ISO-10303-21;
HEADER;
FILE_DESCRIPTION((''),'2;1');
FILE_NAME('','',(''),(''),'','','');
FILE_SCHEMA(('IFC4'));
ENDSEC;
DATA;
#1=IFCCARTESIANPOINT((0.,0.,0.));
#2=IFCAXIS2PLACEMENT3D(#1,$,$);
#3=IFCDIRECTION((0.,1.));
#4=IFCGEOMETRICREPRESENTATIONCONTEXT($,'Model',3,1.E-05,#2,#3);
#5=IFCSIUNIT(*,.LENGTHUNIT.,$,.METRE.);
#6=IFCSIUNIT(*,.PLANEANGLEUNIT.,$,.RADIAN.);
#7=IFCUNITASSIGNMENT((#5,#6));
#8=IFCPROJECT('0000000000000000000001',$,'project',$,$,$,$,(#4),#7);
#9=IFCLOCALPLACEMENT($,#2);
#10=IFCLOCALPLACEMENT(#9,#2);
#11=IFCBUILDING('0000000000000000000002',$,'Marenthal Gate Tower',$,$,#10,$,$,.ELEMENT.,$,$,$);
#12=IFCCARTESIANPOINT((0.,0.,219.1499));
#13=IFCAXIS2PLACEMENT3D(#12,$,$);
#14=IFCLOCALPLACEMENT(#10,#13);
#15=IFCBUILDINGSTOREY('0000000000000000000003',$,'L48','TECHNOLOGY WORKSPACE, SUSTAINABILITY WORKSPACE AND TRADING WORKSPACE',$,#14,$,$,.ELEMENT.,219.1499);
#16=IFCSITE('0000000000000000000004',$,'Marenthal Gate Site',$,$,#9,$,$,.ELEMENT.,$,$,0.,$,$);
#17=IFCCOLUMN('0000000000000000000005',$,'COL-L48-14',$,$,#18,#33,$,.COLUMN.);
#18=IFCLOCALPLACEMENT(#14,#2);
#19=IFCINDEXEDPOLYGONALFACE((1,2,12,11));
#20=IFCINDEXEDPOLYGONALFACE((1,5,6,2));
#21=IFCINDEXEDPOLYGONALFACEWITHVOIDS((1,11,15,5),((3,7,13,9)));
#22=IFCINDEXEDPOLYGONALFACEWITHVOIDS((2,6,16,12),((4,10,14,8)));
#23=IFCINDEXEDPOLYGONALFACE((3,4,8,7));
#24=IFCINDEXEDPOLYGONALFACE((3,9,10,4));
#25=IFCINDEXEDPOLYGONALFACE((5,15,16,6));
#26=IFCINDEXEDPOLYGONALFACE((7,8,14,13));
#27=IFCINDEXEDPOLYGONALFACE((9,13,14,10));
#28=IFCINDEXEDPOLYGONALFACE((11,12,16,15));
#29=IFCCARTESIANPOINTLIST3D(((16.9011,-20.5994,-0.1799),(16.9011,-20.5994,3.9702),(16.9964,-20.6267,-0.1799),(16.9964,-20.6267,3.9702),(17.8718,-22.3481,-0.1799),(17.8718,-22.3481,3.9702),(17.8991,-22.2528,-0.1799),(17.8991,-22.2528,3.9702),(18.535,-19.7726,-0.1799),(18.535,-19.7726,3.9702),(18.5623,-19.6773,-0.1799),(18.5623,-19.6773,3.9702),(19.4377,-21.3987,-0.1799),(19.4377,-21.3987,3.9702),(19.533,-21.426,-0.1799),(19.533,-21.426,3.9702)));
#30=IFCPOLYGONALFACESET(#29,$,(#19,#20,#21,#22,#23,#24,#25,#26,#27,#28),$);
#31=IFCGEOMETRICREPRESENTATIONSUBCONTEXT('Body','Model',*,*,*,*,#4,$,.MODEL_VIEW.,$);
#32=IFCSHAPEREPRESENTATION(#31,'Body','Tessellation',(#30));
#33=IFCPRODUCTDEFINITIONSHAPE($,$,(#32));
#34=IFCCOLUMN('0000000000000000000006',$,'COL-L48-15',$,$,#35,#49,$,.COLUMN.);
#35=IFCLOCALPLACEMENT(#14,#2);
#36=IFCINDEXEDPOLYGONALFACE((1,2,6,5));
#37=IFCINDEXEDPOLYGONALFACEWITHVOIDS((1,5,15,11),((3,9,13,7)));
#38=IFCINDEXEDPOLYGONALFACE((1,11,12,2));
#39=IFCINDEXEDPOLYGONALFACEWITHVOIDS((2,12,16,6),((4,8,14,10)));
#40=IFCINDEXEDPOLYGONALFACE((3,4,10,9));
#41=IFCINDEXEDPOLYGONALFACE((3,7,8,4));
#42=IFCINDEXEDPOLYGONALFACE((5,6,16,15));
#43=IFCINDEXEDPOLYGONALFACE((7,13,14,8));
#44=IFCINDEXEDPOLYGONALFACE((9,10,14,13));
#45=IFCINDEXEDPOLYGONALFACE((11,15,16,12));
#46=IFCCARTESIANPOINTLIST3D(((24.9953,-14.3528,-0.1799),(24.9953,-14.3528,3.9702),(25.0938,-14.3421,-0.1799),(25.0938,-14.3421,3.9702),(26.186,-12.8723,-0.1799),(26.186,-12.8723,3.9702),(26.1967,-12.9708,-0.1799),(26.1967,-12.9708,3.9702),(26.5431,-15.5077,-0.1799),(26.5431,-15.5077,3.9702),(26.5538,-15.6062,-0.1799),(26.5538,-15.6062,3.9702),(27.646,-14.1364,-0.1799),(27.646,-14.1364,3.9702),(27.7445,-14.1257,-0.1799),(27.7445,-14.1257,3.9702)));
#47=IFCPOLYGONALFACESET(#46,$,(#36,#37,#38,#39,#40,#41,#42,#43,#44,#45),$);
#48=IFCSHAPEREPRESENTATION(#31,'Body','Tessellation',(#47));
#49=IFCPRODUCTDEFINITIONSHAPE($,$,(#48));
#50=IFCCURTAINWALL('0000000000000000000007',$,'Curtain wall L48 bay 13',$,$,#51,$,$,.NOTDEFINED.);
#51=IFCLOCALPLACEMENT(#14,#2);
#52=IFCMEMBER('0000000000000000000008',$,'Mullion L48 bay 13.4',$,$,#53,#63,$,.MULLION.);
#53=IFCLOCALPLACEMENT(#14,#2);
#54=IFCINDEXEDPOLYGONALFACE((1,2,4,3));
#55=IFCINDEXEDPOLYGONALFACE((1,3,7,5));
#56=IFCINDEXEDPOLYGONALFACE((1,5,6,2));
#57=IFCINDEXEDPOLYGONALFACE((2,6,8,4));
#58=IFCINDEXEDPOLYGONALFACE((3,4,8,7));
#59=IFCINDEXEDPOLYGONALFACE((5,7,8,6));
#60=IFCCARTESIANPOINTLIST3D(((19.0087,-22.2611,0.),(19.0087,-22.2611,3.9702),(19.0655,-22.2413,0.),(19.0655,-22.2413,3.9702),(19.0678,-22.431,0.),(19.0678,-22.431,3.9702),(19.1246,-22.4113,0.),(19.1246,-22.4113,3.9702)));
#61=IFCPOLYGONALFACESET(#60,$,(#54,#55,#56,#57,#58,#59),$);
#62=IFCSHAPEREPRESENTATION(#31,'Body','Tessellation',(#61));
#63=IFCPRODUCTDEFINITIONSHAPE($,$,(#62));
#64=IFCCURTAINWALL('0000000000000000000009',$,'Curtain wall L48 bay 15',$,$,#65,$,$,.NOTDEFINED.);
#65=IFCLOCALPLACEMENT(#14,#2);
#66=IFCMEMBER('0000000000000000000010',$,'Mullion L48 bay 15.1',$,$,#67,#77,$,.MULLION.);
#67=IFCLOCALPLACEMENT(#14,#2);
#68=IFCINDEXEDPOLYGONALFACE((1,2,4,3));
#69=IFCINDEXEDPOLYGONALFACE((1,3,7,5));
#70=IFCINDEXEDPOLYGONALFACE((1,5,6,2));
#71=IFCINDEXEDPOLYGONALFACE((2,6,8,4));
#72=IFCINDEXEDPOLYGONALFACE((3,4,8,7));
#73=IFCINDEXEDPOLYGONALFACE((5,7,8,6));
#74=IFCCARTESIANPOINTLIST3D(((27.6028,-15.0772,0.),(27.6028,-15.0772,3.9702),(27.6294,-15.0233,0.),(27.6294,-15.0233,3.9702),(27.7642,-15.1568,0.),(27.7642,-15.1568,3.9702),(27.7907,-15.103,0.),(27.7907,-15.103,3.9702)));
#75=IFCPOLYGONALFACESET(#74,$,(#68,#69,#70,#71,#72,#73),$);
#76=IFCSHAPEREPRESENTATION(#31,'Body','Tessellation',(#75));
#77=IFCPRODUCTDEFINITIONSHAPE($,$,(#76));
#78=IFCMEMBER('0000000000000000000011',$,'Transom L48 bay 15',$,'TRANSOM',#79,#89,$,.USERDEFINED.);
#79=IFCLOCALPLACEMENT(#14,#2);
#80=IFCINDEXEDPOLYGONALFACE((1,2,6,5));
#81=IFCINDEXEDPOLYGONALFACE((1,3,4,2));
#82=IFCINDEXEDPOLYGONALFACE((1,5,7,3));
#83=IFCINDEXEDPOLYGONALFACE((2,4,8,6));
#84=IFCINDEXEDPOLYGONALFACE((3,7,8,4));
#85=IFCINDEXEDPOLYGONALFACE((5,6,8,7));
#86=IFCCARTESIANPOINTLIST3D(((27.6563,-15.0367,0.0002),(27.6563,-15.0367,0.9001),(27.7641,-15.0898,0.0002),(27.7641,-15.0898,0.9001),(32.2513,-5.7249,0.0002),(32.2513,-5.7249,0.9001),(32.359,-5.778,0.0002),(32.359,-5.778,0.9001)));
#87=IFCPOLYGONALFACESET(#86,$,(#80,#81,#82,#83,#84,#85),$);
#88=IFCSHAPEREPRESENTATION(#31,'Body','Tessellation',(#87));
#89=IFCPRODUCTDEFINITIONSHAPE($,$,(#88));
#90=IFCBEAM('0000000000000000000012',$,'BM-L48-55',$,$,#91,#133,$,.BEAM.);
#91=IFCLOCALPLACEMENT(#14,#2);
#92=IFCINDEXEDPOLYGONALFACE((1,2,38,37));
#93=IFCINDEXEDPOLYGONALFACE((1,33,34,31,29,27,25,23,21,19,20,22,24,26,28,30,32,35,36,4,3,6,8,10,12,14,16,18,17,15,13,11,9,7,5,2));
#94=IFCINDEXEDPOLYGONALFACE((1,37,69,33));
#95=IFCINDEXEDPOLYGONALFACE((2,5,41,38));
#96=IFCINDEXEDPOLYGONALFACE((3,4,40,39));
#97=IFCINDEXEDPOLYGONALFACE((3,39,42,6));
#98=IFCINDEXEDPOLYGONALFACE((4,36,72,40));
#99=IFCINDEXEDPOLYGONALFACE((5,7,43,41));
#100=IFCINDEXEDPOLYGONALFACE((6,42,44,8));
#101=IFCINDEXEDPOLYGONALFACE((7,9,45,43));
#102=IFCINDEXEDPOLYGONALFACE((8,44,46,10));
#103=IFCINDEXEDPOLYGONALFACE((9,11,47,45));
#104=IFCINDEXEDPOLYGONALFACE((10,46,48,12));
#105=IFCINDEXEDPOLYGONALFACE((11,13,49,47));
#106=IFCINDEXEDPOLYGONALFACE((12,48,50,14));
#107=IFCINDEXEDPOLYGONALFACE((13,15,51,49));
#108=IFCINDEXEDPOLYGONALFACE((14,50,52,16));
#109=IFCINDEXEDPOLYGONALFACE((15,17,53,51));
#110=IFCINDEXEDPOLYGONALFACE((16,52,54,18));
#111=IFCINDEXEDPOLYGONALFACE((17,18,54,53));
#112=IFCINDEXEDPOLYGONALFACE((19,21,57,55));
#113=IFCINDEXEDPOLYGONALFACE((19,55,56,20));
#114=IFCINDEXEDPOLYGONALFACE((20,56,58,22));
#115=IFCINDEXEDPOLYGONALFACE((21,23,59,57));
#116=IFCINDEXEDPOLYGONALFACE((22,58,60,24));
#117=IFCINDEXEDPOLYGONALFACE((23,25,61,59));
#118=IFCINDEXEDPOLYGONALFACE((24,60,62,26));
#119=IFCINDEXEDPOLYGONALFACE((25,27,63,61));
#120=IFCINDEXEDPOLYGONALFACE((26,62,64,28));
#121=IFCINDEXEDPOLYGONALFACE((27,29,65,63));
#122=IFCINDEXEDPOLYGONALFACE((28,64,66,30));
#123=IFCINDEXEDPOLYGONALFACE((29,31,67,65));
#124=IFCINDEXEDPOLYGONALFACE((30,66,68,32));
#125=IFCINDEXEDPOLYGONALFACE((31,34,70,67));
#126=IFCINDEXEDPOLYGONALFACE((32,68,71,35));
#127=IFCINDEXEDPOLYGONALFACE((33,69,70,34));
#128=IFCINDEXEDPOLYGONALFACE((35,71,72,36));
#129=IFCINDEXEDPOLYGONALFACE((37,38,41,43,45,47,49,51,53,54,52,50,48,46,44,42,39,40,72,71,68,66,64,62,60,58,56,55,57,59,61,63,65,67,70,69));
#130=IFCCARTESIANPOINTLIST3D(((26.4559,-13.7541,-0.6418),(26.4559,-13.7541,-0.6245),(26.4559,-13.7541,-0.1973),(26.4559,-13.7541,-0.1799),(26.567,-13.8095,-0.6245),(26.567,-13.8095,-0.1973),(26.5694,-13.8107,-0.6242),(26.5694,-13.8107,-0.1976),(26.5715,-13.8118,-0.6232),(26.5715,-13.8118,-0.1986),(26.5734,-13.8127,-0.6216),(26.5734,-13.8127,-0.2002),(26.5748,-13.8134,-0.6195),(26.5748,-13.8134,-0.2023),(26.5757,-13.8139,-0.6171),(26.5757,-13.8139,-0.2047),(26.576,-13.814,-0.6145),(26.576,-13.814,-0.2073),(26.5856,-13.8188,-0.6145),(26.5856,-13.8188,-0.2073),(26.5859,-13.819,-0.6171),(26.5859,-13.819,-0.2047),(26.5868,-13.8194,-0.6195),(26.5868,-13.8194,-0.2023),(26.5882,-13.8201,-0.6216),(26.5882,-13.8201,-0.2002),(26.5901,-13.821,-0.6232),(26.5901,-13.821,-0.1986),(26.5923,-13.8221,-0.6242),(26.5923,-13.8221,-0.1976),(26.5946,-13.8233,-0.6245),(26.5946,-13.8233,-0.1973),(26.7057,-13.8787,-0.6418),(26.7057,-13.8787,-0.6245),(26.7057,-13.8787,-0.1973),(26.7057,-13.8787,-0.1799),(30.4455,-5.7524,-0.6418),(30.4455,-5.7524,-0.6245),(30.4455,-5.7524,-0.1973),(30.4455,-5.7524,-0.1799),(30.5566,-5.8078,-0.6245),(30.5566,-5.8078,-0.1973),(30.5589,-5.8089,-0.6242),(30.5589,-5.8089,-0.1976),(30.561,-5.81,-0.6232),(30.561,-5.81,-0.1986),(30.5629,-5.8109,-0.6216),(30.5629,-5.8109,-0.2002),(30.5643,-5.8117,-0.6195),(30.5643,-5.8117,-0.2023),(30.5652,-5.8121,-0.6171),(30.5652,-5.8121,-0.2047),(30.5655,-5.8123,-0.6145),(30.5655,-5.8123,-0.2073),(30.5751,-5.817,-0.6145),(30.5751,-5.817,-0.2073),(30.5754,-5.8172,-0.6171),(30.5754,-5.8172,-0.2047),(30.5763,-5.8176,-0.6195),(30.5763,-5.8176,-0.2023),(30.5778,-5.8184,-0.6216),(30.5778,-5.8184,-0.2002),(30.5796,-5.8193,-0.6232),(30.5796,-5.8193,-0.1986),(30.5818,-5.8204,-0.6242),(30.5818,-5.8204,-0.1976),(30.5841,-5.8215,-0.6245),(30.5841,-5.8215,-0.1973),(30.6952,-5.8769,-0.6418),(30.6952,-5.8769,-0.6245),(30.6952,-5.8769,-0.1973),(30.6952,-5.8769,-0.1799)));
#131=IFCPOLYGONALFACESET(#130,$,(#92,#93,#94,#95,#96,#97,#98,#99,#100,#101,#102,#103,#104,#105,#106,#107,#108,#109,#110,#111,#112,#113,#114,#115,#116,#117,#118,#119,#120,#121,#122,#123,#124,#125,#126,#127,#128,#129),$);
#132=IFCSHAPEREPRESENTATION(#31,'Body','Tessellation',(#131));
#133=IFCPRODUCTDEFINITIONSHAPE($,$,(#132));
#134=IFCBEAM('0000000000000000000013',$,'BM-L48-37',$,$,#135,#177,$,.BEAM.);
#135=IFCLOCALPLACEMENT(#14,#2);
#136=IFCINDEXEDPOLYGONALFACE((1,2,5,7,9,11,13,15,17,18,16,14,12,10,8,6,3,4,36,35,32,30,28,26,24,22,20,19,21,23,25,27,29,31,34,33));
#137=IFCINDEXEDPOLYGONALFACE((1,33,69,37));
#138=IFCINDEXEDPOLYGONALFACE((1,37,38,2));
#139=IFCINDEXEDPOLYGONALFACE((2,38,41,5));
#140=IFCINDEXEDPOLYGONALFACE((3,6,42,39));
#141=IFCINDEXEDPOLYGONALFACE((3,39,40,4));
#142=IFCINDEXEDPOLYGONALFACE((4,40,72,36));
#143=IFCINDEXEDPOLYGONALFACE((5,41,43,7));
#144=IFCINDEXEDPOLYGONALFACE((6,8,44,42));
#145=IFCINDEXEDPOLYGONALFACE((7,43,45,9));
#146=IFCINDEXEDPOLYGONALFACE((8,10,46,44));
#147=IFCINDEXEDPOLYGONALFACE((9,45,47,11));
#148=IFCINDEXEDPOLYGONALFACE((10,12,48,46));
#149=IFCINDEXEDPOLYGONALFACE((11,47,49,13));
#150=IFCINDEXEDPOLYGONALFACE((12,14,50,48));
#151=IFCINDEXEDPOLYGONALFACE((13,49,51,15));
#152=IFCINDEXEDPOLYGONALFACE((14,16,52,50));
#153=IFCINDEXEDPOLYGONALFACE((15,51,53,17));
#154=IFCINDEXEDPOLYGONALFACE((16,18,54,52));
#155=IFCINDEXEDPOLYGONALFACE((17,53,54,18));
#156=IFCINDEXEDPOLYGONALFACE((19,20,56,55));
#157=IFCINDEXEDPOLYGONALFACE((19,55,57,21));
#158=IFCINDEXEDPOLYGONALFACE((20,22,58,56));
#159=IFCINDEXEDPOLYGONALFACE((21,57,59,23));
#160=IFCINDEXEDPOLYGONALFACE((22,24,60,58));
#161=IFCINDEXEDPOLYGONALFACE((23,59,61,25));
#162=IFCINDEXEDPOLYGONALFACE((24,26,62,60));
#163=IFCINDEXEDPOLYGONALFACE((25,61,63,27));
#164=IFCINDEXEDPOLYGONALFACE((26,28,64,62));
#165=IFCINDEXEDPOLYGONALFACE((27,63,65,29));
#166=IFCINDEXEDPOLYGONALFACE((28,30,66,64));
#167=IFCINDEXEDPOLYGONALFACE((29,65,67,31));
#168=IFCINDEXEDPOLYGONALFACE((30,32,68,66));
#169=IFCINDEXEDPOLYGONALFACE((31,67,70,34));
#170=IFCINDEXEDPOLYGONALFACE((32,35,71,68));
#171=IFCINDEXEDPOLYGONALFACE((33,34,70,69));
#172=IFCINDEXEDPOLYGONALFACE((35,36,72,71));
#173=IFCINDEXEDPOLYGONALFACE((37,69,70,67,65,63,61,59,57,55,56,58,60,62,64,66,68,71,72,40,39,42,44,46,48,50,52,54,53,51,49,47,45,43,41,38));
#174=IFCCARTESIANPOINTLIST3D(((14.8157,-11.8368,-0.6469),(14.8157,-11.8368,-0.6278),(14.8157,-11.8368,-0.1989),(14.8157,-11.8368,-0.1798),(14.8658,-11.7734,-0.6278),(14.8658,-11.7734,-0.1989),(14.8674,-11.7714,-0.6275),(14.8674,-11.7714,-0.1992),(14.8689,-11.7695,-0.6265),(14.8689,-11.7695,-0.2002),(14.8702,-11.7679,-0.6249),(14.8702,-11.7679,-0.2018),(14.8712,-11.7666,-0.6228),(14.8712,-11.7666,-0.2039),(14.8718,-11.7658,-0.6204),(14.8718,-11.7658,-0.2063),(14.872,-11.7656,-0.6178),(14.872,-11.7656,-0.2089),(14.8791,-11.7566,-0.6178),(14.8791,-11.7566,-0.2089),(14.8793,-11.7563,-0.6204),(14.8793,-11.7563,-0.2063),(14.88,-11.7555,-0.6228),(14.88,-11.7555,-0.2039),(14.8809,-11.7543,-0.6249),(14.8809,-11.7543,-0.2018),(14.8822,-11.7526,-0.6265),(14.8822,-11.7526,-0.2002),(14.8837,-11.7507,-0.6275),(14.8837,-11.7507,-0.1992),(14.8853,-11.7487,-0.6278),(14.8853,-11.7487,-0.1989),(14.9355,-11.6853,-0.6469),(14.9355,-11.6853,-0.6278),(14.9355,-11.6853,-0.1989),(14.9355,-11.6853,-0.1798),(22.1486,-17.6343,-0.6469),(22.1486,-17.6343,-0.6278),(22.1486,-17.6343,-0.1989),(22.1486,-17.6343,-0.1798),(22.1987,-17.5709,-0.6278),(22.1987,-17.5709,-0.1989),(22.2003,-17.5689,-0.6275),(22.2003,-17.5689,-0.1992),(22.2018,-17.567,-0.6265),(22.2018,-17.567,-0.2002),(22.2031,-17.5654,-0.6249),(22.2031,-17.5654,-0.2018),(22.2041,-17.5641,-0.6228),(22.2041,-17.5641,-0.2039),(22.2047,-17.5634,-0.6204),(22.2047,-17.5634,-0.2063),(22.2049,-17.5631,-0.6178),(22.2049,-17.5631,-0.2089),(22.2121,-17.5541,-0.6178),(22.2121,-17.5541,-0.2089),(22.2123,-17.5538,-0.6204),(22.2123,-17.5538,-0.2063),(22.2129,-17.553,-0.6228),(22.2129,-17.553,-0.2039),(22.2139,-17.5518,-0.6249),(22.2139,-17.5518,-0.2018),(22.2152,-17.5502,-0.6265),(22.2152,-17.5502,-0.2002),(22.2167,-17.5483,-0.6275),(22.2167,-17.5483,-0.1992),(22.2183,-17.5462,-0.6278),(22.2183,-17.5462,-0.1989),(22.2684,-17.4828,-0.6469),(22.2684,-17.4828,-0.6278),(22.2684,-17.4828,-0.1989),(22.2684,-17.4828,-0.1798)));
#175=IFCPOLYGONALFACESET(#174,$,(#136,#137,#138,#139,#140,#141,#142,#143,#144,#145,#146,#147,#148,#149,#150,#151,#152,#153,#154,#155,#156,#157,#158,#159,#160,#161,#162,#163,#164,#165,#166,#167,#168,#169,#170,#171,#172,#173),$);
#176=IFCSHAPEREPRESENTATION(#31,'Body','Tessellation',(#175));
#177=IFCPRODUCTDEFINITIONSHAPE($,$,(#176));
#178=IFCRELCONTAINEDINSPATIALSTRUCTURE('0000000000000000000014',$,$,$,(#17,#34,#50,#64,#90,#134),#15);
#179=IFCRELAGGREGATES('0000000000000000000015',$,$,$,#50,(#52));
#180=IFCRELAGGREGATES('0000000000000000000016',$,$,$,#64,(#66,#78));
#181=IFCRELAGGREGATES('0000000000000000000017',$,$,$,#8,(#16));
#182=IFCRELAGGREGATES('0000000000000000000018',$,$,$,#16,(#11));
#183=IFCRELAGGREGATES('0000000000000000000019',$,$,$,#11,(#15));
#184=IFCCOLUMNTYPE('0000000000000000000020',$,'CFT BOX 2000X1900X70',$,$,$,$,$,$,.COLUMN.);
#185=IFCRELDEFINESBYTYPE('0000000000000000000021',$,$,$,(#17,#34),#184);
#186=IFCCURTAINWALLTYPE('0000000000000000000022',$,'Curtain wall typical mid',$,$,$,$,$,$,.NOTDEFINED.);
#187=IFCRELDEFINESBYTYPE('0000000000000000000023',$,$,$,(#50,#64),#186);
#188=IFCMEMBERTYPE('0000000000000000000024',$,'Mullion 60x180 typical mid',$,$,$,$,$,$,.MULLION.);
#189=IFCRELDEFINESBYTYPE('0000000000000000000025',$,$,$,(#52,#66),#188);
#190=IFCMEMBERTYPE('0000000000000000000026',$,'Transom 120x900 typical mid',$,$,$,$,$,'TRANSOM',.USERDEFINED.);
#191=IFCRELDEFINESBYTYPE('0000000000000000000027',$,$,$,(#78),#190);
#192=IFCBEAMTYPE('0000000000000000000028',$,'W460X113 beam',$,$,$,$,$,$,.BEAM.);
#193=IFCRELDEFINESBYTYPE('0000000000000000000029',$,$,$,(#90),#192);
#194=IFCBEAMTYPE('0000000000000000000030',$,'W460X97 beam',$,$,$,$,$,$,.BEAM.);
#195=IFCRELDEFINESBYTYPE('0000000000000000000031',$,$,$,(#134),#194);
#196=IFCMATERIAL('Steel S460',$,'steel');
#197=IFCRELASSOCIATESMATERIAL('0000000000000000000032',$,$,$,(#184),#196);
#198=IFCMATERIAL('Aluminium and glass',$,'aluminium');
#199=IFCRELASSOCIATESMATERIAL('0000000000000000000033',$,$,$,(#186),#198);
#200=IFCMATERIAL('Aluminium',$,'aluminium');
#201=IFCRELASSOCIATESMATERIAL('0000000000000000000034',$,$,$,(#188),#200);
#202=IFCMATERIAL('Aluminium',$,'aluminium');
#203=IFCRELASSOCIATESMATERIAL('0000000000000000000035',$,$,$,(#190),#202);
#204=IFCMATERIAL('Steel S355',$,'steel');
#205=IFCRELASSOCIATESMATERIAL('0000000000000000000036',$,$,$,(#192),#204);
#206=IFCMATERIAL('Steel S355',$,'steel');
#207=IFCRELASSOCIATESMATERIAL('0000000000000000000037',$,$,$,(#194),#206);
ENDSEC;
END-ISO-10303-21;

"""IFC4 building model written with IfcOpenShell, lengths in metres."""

from ifc_helpers import new_model, si_unit, direction, frame, origin, origin_2d, place, context, subcontext, project, spatial, rectangle, hollow_rectangle, i_section, extrude, material, material_profile, profile_set, type_object, element, aggregate, save


model = new_model("IFC4")

# Units and contexts
model_context = context("Model", 3, precision=1e-05, world=origin(), true_north=direction((0.0, 1.0)))
body_context = subcontext(model_context, "Body", "Model", "MODEL_VIEW")
ifc_project = project(units=[si_unit("LENGTHUNIT", "METRE"), si_unit("PLANEANGLEUNIT", "RADIAN")], contexts=[model_context])

# Site, building, storey
site_placement = place(None, origin())
site = spatial("IfcSite", under=ifc_project, at=site_placement, Name="Marenthal Gate Site", CompositionType="ELEMENT", RefElevation=0.0)
building_placement = place(site_placement, origin())
building = spatial("IfcBuilding", under=site, at=building_placement, Name="Marenthal Gate Tower", CompositionType="ELEMENT")
storey_placement = place(building_placement, frame((0.0, 0.0, 219.1499)))
storey = spatial("IfcBuildingStorey", under=building, at=storey_placement, Name="L48", Description="TECHNOLOGY WORKSPACE, SUSTAINABILITY WORKSPACE AND TRADING WORKSPACE", CompositionType="ELEMENT", Elevation=219.1499)

# Columns
ifc_material_1 = material(Name="Steel S460", Category="steel")
ifc_material_profile_1 = material_profile(ifc_material_1, hollow_rectangle(XDim=1.8999, YDim=2.0, WallThickness=0.0701, at=origin_2d()), Name="CFT BOX 2000X1900X70")
ifc_material_2 = material(Name="Concrete 70 MPa", Category="concrete")
ifc_material_profile_2 = material_profile(ifc_material_2, rectangle(XDim=1.76, YDim=1.8601, at=origin_2d()), Name="CFT BOX 2000X1900X70 INFILL")
ifc_profile_set_1 = profile_set([ifc_material_profile_1, ifc_material_profile_2], Name="Steel S460 shell, Concrete 70 MPa infill")
column_type = type_object("IfcColumnType", Name="CFT BOX 2000X1900X70", PredefinedType="COLUMN", material=ifc_profile_set_1)
for number, where, z_axis, x_axis, name in (
    (1, (18.217, -21.0127, -0.1799), (0.0, 0.0, 1.0), (-0.874319, -0.485351, 0.0), "COL-L48-14"),
    (2, (26.3699, -14.2393, -0.1799), (0.0, 0.0, 1.0), (-0.626719, -0.779245, 0.0), "COL-L48-15"),
):
    element("IfcColumn", number, at=place(storey_placement, frame(where, z_axis=z_axis, x_axis=x_axis)), inside=storey, type_object=column_type, Name=name, PredefinedType="COLUMN", context=body_context, shape_type="SweptSolid", body=[
        extrude(hollow_rectangle(XDim=1.8999, YDim=2.0, WallThickness=0.0701, at=origin_2d()), origin(), (0.0, 0.0, 1.0), 4.1501),
    ])

# Curtain wall, member
ifc_material_3 = material(Name="Aluminium and glass", Category="aluminium")
curtain_wall_type = type_object("IfcCurtainWallType", Name="Curtain wall typical mid", PredefinedType="NOTDEFINED", material=ifc_material_3)
curtain_wall_1_placement = place(storey_placement, origin())
curtain_wall_1 = element("IfcCurtainWall", 3, at=curtain_wall_1_placement, inside=storey, type_object=curtain_wall_type, Name="Curtain wall L48 bay 13", PredefinedType="NOTDEFINED")
ifc_material_4 = material(Name="Aluminium", Category="aluminium")
ifc_material_profile_3 = material_profile(ifc_material_4, rectangle(XDim=0.1799, YDim=0.0601, at=origin_2d()), Name="60x180 aluminium mullion")
ifc_profile_set_2 = profile_set([ifc_material_profile_3], Name="Aluminium")
member_type_1 = type_object("IfcMemberType", Name="Mullion 60x180 typical mid", PredefinedType="MULLION", material=ifc_profile_set_2)
member_1_placement = place(storey_placement, frame((19.0667, -22.3362, 0.0), z_axis=(0.0, 0.0, 1.0), x_axis=(-0.3284, 0.944539, 0.0)))
member_1 = element("IfcMember", 4, at=member_1_placement, type_object=member_type_1, Name="Mullion L48 bay 13.4", PredefinedType="MULLION", context=body_context, shape_type="SweptSolid", body=[
    extrude(rectangle(XDim=0.1799, YDim=0.0601, at=origin_2d()), origin(), (0.0, 0.0, 1.0), 3.9702),
])
aggregate(curtain_wall_1, [member_1])

# Curtain wall, members
curtain_wall_2_placement = place(storey_placement, origin())
curtain_wall_2 = element("IfcCurtainWall", 5, at=curtain_wall_2_placement, inside=storey, type_object=curtain_wall_type, Name="Curtain wall L48 bay 15", PredefinedType="NOTDEFINED")
member_2_placement = place(storey_placement, frame((27.6968, -15.0901, 0.0), z_axis=(0.0, 0.0, 1.0), x_axis=(-0.896757, 0.442523, 0.0)))
member_2 = element("IfcMember", 6, at=member_2_placement, type_object=member_type_1, Name="Mullion L48 bay 15.1", PredefinedType="MULLION", context=body_context, shape_type="SweptSolid", body=[
    extrude(rectangle(XDim=0.1799, YDim=0.0601, at=origin_2d()), origin(), (0.0, 0.0, 1.0), 3.9702),
])
ifc_material_5 = material(Name="Aluminium", Category="aluminium")
ifc_material_profile_4 = material_profile(ifc_material_5, rectangle(XDim=0.1201, YDim=0.8999, at=origin_2d()), Name="120x900 aluminium transom")
ifc_profile_set_3 = profile_set([ifc_material_profile_4], Name="Aluminium")
member_type_2 = type_object("IfcMemberType", Name="Transom 120x900 typical mid", ElementType="TRANSOM", PredefinedType="USERDEFINED", material=ifc_profile_set_3)
member_3_placement = place(storey_placement, frame((27.7102, -15.0632, 0.4502), z_axis=(0.442514, 0.896761, 0.0), x_axis=(-0.896761, 0.442514, 0.0)))
member_3 = element("IfcMember", 7, at=member_3_placement, type_object=member_type_2, Name="Transom L48 bay 15", ObjectType="TRANSOM", PredefinedType="USERDEFINED", context=body_context, shape_type="SweptSolid", body=[
    extrude(rectangle(XDim=0.1201, YDim=0.8999, at=origin_2d()), origin(), (0.0, 0.0, 1.0), 10.3838),
])
aggregate(curtain_wall_2, [member_2, member_3])

# Beams
ifc_material_6 = material(Name="Steel S355", Category="steel")
ifc_material_profile_5 = material_profile(ifc_material_6, i_section(OverallWidth=0.2791, OverallDepth=0.4619, WebThickness=0.0107, FlangeThickness=0.0173, FilletRadius=0.01, at=origin_2d()), Name="W460X113")
ifc_profile_set_4 = profile_set([ifc_material_profile_5], Name="Steel S355")
beam_type_1 = type_object("IfcBeamType", Name="W460X113 beam", PredefinedType="BEAM", material=ifc_profile_set_4)
beam_1_placement = place(storey_placement, frame((26.5808, -13.8164, -0.4109), z_axis=(0.446198, 0.894934, 0.0), x_axis=(-0.894934, 0.446198, 0.0)))
element("IfcBeam", 8, at=beam_1_placement, inside=storey, type_object=beam_type_1, Name="BM-L48-55", PredefinedType="BEAM", context=body_context, shape_type="SweptSolid", body=[
    extrude(i_section(OverallWidth=0.2791, OverallDepth=0.4619, WebThickness=0.0107, FlangeThickness=0.0173, FilletRadius=0.01, at=origin_2d()), origin(), (0.0, 0.0, 1.0), 8.9412),
])
ifc_material_7 = material(Name="Steel S355", Category="steel")
ifc_material_profile_6 = material_profile(ifc_material_7, i_section(OverallWidth=0.1931, OverallDepth=0.467, WebThickness=0.0115, FlangeThickness=0.019, FilletRadius=0.01, at=origin_2d()), Name="W460X97")
ifc_profile_set_5 = profile_set([ifc_material_profile_6], Name="Steel S355")
beam_type_2 = type_object("IfcBeamType", Name="W460X97 beam", PredefinedType="BEAM", material=ifc_profile_set_5)
beam_2_placement = place(storey_placement, frame((22.2085, -17.5586, -0.4133), z_axis=(-0.784446, 0.620197, 0.0), x_axis=(-0.620197, -0.784446, 0.0)))
element("IfcBeam", 9, at=beam_2_placement, inside=storey, type_object=beam_type_2, Name="BM-L48-37", PredefinedType="BEAM", context=body_context, shape_type="SweptSolid", body=[
    extrude(i_section(OverallWidth=0.1931, OverallDepth=0.467, WebThickness=0.0115, FlangeThickness=0.019, FilletRadius=0.01, at=origin_2d()), origin(), (0.0, 0.0, 1.0), 9.3479),
])

save(model, "model.ifc")
